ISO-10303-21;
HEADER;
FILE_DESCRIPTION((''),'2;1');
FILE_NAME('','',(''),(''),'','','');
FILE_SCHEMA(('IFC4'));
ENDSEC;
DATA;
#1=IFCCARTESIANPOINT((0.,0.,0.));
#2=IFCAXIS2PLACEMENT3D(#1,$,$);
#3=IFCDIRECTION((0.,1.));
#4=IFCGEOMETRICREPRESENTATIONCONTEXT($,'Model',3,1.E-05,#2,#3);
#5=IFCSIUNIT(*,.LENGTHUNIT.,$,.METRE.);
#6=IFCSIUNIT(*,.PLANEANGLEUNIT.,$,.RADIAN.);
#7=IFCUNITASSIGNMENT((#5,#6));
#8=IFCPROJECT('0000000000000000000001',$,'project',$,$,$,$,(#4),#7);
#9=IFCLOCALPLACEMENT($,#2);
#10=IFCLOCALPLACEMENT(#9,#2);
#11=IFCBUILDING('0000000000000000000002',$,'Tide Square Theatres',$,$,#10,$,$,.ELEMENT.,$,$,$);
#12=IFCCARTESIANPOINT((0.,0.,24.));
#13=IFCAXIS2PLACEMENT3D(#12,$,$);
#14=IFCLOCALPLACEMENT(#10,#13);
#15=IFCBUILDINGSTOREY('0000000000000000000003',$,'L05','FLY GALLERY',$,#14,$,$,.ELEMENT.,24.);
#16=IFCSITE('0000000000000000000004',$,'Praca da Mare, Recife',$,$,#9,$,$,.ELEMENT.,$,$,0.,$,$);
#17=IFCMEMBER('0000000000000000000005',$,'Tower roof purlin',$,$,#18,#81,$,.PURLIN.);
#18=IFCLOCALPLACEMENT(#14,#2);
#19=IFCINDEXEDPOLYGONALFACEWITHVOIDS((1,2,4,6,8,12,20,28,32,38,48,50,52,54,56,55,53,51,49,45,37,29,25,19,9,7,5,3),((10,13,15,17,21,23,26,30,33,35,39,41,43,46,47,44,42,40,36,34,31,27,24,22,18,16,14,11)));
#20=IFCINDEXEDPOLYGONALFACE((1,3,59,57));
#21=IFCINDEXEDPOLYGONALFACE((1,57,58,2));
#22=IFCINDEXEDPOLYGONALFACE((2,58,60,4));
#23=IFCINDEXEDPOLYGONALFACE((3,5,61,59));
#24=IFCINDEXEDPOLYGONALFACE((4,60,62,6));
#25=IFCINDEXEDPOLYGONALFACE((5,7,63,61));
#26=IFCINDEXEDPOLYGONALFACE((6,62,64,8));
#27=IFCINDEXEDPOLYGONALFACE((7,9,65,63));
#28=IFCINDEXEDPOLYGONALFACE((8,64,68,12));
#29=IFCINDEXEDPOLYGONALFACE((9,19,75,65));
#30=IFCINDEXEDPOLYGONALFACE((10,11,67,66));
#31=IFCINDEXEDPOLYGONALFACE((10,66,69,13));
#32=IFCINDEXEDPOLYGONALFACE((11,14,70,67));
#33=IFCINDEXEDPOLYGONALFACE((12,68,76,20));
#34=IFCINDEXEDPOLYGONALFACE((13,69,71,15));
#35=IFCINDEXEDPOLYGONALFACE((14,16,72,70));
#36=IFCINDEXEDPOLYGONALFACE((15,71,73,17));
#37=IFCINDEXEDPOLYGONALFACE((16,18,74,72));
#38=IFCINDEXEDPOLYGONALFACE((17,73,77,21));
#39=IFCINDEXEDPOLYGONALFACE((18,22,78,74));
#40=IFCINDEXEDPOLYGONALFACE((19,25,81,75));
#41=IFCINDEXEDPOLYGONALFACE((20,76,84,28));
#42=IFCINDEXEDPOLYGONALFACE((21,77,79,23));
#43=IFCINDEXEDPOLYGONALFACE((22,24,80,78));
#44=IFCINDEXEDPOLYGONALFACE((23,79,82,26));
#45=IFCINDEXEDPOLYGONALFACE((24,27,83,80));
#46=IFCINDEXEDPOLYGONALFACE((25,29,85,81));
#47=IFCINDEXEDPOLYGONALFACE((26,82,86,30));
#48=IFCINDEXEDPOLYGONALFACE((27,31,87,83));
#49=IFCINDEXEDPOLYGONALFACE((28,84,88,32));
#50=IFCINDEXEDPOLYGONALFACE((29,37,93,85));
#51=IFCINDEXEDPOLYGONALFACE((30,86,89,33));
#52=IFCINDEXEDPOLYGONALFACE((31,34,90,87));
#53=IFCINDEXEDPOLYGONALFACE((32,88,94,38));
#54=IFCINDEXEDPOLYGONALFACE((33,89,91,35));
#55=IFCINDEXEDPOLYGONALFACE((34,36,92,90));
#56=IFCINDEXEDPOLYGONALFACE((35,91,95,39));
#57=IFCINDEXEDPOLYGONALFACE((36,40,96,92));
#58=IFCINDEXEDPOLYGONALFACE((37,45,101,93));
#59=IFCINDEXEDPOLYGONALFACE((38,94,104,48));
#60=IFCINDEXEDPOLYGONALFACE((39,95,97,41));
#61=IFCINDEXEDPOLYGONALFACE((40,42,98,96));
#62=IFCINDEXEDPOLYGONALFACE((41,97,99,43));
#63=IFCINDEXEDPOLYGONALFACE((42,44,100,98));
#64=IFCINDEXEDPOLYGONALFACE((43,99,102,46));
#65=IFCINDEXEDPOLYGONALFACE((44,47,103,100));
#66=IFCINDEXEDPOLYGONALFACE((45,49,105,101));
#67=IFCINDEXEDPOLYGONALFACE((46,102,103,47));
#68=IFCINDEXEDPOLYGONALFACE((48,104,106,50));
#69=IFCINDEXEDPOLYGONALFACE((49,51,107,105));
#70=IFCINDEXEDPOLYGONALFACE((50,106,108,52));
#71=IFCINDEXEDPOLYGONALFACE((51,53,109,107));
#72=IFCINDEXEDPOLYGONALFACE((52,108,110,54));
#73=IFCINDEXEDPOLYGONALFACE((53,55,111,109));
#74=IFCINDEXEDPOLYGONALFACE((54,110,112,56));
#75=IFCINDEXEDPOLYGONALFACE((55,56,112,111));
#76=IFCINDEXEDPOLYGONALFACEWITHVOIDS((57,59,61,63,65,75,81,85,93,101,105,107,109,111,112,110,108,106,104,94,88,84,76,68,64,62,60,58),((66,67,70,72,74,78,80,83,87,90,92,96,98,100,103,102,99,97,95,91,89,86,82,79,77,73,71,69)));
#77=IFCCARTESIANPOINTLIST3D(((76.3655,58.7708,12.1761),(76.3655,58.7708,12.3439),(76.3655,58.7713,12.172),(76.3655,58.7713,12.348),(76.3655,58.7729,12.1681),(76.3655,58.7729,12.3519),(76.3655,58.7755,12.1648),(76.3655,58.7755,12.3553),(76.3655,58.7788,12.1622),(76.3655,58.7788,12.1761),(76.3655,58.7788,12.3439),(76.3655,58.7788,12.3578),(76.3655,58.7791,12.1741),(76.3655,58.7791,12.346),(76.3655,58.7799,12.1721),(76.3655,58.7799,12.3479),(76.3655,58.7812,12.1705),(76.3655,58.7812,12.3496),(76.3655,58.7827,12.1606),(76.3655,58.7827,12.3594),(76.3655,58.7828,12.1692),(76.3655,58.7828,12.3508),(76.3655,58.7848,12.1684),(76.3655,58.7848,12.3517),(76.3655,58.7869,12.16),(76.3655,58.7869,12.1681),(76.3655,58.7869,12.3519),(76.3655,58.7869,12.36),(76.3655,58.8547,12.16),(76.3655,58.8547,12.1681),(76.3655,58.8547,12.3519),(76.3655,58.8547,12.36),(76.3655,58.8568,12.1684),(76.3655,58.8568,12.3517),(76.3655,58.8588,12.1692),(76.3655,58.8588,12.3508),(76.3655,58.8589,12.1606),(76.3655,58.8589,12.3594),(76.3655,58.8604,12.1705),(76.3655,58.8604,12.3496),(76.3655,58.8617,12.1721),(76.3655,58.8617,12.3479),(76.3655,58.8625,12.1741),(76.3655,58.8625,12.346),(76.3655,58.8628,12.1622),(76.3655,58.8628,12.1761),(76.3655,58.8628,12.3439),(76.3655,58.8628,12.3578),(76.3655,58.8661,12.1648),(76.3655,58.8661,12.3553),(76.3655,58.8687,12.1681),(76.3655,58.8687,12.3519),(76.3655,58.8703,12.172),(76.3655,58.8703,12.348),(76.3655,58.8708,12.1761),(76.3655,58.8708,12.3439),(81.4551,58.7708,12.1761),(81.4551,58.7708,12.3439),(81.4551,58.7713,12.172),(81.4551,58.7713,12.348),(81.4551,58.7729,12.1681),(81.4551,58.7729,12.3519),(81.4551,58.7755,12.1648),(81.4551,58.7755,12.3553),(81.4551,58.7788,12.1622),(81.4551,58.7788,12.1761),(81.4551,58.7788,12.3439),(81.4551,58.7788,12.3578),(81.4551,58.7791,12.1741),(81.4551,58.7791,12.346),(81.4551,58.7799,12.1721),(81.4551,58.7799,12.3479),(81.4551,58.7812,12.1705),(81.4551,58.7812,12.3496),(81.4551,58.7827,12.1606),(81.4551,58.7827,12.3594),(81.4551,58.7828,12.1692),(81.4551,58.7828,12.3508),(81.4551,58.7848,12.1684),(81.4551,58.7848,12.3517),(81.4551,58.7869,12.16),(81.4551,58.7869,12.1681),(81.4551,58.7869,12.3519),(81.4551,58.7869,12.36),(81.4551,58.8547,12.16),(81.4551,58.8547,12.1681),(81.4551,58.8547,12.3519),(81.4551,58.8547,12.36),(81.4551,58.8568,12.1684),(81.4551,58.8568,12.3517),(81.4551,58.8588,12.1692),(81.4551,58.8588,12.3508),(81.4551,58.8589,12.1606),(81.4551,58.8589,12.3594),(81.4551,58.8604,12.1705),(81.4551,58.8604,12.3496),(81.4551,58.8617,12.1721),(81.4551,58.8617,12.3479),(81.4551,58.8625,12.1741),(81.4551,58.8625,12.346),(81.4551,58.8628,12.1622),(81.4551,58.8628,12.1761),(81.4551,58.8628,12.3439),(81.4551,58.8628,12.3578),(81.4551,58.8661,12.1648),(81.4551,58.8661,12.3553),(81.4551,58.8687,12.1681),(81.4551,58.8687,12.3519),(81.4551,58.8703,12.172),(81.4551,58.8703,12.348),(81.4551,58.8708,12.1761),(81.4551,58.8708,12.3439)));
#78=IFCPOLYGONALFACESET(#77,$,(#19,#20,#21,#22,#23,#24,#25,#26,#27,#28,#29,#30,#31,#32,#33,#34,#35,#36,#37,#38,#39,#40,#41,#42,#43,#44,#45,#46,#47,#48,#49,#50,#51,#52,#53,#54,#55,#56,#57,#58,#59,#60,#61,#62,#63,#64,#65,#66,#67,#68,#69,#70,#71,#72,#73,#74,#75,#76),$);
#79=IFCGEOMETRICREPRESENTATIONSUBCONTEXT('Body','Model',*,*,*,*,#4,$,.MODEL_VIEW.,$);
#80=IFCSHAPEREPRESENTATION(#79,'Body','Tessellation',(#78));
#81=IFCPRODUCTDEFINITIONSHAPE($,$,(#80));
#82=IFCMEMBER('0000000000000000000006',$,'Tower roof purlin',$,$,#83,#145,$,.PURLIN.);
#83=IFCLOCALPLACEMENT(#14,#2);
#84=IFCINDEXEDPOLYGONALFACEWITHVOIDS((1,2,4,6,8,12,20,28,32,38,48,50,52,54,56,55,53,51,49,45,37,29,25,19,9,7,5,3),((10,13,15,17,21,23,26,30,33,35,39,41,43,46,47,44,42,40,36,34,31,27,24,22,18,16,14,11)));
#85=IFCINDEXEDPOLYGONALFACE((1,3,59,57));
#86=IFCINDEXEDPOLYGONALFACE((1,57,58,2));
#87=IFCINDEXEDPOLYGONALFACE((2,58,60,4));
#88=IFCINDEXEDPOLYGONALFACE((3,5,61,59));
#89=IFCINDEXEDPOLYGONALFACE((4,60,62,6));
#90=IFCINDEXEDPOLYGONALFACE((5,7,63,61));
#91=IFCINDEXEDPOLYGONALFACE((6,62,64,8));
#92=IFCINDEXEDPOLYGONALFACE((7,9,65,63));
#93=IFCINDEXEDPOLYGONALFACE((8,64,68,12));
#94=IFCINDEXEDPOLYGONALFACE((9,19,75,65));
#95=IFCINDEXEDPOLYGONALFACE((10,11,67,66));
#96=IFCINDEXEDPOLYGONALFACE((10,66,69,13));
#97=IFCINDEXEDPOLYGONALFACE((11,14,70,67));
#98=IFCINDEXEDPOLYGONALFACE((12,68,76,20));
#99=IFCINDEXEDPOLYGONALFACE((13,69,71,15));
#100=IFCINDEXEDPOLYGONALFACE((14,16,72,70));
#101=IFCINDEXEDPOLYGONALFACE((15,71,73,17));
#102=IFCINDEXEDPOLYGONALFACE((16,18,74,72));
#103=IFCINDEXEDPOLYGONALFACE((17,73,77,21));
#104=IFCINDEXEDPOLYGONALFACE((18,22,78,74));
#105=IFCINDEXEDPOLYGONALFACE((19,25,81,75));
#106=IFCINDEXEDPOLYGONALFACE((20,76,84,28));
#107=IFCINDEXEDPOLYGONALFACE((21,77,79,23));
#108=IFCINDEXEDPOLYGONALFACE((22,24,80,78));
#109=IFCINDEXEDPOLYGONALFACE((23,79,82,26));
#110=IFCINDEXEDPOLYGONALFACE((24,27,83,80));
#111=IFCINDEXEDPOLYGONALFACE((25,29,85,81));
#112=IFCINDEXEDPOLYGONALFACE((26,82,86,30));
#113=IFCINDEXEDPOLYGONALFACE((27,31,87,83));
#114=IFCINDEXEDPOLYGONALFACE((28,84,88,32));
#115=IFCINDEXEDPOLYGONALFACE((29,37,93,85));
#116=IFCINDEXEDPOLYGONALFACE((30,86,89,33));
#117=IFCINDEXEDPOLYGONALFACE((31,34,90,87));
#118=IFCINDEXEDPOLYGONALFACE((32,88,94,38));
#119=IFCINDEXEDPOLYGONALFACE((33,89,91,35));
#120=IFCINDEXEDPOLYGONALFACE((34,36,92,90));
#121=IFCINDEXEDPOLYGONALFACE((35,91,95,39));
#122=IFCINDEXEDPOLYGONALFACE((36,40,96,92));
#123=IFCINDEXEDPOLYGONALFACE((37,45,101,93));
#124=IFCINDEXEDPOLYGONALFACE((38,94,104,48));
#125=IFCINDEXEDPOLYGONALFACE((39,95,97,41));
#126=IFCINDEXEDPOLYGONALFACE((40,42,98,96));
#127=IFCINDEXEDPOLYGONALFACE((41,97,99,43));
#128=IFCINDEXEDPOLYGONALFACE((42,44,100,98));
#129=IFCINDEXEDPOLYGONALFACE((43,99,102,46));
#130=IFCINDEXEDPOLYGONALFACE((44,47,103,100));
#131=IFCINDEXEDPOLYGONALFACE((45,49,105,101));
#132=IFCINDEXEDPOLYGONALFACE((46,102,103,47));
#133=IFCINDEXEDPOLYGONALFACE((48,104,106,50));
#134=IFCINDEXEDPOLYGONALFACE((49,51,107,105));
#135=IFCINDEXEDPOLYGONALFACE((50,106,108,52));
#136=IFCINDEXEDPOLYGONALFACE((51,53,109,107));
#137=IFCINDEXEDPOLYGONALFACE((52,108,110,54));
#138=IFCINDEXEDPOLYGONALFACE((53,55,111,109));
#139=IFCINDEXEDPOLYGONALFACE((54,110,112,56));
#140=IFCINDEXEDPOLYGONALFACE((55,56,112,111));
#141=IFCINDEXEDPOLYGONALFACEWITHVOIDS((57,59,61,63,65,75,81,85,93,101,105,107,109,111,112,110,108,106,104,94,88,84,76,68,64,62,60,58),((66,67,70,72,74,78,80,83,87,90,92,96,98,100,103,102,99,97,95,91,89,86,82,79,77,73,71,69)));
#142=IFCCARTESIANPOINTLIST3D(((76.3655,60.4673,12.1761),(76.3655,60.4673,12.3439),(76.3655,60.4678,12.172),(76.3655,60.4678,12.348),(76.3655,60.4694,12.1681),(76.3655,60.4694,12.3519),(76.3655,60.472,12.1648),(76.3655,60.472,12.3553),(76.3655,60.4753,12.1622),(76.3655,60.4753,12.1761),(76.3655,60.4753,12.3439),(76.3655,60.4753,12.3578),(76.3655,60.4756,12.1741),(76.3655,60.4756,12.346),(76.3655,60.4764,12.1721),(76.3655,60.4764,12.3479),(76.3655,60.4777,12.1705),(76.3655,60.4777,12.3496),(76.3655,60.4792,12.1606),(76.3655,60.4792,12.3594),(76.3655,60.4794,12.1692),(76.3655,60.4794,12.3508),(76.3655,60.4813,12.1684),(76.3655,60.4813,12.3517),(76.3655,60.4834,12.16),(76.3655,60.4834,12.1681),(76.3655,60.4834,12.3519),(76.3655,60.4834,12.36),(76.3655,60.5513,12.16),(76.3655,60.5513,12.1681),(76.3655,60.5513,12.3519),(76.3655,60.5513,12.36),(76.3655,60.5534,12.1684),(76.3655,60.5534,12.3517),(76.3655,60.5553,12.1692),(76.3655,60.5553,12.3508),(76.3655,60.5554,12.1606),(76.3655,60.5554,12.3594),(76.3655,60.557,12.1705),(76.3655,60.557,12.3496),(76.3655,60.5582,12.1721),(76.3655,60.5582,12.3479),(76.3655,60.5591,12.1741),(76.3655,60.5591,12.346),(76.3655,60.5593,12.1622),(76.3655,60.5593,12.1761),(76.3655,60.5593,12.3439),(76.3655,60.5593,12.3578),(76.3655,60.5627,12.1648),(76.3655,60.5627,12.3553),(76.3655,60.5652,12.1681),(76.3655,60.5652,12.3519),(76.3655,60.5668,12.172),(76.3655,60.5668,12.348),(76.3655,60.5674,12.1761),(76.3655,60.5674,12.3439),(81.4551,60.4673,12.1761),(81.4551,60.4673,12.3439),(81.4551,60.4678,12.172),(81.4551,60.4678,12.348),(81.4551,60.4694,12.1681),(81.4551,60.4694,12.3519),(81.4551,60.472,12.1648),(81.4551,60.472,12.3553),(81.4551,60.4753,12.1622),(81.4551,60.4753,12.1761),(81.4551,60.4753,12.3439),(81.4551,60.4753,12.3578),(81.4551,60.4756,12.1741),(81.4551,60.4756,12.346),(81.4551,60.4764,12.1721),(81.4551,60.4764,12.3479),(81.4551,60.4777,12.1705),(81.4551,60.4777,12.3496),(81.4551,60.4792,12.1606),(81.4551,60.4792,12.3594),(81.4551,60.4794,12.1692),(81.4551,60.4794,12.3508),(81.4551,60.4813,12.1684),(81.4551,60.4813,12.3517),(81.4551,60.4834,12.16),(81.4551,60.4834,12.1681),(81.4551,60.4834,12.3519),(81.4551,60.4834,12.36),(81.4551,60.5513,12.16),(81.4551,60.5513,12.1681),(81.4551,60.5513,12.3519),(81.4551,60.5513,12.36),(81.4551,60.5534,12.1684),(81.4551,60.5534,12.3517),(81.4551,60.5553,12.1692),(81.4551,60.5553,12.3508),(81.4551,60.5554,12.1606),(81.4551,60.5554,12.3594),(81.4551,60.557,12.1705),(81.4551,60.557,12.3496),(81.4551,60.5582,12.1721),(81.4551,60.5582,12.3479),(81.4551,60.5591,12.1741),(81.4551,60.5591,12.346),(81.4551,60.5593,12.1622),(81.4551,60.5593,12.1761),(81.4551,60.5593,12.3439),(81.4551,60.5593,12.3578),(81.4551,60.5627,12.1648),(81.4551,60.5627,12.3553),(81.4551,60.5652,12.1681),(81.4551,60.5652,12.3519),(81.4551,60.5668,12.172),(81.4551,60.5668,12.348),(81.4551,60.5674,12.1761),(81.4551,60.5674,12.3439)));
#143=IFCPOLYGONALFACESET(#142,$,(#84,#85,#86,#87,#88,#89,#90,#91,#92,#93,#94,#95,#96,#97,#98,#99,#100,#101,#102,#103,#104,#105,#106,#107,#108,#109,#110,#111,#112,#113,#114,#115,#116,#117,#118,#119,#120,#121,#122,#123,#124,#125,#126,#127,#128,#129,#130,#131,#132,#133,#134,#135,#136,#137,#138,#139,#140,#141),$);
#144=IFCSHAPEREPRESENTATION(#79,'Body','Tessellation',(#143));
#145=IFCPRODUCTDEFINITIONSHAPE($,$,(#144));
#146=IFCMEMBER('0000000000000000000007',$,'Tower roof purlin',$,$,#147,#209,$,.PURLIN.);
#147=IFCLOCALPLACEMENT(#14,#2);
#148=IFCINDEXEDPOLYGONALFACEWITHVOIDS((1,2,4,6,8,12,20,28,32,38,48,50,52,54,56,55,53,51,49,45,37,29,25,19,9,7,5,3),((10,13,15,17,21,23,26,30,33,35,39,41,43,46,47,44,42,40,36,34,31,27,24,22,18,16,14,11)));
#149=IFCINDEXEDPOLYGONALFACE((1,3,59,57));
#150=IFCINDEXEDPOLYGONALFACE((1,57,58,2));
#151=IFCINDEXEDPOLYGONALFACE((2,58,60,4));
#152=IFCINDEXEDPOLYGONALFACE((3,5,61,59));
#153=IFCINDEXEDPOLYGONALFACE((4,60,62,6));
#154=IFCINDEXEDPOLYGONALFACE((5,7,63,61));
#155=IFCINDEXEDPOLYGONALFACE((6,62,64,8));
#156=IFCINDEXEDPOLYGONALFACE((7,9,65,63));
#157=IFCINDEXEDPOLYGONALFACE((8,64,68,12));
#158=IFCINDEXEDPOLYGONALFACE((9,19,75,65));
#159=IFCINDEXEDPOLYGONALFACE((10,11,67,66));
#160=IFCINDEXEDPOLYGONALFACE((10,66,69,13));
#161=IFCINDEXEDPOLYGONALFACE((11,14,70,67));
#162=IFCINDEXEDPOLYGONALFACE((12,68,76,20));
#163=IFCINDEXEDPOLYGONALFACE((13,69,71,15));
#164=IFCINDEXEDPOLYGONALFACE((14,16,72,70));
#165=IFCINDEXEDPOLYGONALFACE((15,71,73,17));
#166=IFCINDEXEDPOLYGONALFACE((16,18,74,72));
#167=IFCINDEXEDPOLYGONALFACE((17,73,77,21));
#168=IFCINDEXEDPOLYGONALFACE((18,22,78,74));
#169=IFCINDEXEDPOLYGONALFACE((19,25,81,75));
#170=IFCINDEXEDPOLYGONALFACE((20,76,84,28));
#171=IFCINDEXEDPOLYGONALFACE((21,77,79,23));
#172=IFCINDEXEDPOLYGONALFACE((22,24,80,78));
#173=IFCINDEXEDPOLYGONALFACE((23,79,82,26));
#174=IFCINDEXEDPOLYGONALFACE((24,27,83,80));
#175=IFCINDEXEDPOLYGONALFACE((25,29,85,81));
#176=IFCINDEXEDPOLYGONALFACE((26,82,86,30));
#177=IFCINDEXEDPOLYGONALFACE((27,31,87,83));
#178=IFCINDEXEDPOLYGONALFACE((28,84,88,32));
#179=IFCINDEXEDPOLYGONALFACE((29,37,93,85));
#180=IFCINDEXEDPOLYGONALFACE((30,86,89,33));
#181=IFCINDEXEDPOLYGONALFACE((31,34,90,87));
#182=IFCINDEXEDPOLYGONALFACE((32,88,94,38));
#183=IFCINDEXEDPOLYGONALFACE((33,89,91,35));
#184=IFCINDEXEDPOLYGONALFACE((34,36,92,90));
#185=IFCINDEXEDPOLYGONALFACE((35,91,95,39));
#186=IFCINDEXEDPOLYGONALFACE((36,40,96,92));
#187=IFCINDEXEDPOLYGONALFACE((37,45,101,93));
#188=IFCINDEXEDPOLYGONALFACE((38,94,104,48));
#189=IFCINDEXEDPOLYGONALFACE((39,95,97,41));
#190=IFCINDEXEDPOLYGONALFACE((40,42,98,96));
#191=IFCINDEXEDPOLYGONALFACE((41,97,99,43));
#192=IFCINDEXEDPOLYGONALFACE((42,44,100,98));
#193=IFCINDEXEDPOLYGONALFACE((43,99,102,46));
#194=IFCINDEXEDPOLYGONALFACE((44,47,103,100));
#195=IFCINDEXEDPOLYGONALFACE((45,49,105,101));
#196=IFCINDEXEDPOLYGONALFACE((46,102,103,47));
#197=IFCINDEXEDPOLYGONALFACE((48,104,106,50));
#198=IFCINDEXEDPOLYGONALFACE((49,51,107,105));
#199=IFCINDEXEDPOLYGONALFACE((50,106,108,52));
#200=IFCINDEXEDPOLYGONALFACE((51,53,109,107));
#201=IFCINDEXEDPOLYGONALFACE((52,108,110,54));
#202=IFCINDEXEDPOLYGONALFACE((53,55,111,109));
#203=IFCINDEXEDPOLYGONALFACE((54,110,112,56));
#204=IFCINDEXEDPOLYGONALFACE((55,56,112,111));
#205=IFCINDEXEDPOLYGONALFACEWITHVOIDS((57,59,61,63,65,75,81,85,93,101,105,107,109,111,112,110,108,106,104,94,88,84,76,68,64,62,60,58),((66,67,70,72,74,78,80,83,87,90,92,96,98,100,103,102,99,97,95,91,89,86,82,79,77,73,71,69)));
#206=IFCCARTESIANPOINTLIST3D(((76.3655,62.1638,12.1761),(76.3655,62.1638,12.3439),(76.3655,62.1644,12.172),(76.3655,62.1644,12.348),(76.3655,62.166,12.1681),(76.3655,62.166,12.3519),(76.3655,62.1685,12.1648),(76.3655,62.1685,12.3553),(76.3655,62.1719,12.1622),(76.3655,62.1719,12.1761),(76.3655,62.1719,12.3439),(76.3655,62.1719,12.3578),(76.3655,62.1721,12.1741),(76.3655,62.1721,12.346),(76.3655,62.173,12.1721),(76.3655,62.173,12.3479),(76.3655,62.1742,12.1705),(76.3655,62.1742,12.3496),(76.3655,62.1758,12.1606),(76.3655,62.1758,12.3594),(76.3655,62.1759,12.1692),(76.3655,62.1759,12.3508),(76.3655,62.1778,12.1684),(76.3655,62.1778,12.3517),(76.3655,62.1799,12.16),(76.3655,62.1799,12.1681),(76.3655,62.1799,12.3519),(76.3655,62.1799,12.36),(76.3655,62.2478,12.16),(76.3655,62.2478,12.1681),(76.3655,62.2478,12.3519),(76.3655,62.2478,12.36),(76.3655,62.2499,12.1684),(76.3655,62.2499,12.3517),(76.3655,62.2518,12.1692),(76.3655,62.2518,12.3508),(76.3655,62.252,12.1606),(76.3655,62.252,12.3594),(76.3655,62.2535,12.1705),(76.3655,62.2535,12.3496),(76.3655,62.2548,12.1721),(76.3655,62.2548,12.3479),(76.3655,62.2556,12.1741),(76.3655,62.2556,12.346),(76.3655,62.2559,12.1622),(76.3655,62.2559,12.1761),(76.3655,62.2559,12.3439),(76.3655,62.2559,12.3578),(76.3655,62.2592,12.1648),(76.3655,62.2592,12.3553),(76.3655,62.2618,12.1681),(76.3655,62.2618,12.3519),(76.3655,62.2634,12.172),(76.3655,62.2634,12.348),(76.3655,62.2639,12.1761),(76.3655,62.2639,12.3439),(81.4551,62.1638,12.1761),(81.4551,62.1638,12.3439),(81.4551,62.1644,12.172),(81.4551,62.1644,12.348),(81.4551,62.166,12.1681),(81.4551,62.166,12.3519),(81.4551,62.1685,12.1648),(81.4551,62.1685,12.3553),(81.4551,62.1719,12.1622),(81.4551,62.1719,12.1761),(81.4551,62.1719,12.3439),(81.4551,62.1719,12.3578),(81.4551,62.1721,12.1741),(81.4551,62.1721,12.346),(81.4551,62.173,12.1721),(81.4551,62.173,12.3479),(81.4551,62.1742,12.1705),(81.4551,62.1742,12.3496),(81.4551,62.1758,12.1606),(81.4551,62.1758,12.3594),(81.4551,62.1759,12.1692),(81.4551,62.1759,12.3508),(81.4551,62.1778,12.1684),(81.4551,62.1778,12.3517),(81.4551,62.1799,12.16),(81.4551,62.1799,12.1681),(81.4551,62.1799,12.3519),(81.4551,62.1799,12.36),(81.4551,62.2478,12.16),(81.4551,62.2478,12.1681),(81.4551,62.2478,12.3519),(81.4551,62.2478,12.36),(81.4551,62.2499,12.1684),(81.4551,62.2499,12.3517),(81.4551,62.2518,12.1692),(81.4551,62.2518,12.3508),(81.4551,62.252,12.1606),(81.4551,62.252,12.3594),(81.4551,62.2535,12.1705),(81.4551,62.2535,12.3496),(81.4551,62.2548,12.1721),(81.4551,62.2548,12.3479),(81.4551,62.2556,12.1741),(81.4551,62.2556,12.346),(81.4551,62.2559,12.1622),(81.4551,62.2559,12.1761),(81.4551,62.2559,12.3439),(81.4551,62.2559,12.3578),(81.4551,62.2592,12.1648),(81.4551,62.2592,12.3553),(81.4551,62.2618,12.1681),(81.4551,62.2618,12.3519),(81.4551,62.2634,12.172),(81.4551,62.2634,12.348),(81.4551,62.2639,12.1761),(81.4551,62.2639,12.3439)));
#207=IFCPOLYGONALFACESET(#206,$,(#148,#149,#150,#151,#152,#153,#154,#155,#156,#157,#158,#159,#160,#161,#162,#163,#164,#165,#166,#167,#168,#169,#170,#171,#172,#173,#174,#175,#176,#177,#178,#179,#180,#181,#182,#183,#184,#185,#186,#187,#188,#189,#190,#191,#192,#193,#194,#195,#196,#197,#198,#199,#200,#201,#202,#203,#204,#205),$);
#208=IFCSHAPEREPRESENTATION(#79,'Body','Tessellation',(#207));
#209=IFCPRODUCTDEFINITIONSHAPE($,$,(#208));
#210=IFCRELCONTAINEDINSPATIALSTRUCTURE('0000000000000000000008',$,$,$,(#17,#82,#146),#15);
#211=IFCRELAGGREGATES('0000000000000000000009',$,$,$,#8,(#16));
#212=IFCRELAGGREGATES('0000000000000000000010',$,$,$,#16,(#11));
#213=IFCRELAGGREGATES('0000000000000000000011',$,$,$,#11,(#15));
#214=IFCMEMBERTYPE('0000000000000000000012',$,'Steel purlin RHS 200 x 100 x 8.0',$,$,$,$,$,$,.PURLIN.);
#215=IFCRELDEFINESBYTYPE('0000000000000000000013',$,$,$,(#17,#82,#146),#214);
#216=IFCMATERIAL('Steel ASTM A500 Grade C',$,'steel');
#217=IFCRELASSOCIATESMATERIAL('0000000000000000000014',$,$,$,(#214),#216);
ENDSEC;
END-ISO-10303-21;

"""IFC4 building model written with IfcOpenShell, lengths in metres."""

from ifc_helpers import new_model, si_unit, direction, frame, origin, origin_2d, place, context, subcontext, project, spatial, hollow_rectangle, extrude, material, material_profile, profile_set, type_object, element, save


model = new_model("IFC4")

# Units and contexts
model_context = context("Model", 3, precision=1e-05, world=origin(), true_north=direction((0.0, 1.0)))
body_context = subcontext(model_context, "Body", "Model", "MODEL_VIEW")
ifc_project = project(units=[si_unit("LENGTHUNIT", "METRE"), si_unit("PLANEANGLEUNIT", "RADIAN")], contexts=[model_context])

# Site, building, storey
site_placement = place(None, origin())
site = spatial("IfcSite", under=ifc_project, at=site_placement, Name="Praca da Mare, Recife", CompositionType="ELEMENT", RefElevation=0.0)
building_placement = place(site_placement, origin())
building = spatial("IfcBuilding", under=site, at=building_placement, Name="Tide Square Theatres", CompositionType="ELEMENT")
storey_placement = place(building_placement, frame((0.0, 0.0, 24.0)))
storey = spatial("IfcBuildingStorey", under=building, at=storey_placement, Name="L05", Description="FLY GALLERY", CompositionType="ELEMENT", Elevation=24.0)

# Members
ifc_material_1 = material(Name="Steel ASTM A500 Grade C", Category="steel")
ifc_material_profile_1 = material_profile(ifc_material_1, hollow_rectangle(XDim=0.1001, YDim=0.2, WallThickness=0.0081, InnerFilletRadius=0.0081, OuterFilletRadius=0.0161, at=origin_2d()))
ifc_profile_set_1 = profile_set([ifc_material_profile_1], Name="Steel ASTM A500 Grade C")
member_type = type_object("IfcMemberType", Name="Steel purlin RHS 200 x 100 x 8.0", PredefinedType="PURLIN", material=ifc_profile_set_1)
for number, where, z_axis, x_axis, name in (
    (1, (76.3655, 58.8208, 12.26), (1.0, 0.0, 0.0), (0.0, 1.0, 0.0), "Tower roof purlin"),
    (2, (76.3655, 60.5173, 12.26), (1.0, 0.0, 0.0), (0.0, 1.0, 0.0), "Tower roof purlin"),
    (3, (76.3655, 62.2139, 12.26), (1.0, 0.0, 0.0), (0.0, 1.0, 0.0), "Tower roof purlin"),
):
    element("IfcMember", number, at=place(storey_placement, frame(where, z_axis=z_axis, x_axis=x_axis)), inside=storey, type_object=member_type, Name=name, PredefinedType="PURLIN", context=body_context, shape_type="SweptSolid", body=[
        extrude(hollow_rectangle(XDim=0.1001, YDim=0.2, WallThickness=0.0081, InnerFilletRadius=0.0081, OuterFilletRadius=0.0161, at=origin_2d()), origin(), (0.0, 0.0, 1.0), 5.0896),
    ])

save(model, "model.ifc")
